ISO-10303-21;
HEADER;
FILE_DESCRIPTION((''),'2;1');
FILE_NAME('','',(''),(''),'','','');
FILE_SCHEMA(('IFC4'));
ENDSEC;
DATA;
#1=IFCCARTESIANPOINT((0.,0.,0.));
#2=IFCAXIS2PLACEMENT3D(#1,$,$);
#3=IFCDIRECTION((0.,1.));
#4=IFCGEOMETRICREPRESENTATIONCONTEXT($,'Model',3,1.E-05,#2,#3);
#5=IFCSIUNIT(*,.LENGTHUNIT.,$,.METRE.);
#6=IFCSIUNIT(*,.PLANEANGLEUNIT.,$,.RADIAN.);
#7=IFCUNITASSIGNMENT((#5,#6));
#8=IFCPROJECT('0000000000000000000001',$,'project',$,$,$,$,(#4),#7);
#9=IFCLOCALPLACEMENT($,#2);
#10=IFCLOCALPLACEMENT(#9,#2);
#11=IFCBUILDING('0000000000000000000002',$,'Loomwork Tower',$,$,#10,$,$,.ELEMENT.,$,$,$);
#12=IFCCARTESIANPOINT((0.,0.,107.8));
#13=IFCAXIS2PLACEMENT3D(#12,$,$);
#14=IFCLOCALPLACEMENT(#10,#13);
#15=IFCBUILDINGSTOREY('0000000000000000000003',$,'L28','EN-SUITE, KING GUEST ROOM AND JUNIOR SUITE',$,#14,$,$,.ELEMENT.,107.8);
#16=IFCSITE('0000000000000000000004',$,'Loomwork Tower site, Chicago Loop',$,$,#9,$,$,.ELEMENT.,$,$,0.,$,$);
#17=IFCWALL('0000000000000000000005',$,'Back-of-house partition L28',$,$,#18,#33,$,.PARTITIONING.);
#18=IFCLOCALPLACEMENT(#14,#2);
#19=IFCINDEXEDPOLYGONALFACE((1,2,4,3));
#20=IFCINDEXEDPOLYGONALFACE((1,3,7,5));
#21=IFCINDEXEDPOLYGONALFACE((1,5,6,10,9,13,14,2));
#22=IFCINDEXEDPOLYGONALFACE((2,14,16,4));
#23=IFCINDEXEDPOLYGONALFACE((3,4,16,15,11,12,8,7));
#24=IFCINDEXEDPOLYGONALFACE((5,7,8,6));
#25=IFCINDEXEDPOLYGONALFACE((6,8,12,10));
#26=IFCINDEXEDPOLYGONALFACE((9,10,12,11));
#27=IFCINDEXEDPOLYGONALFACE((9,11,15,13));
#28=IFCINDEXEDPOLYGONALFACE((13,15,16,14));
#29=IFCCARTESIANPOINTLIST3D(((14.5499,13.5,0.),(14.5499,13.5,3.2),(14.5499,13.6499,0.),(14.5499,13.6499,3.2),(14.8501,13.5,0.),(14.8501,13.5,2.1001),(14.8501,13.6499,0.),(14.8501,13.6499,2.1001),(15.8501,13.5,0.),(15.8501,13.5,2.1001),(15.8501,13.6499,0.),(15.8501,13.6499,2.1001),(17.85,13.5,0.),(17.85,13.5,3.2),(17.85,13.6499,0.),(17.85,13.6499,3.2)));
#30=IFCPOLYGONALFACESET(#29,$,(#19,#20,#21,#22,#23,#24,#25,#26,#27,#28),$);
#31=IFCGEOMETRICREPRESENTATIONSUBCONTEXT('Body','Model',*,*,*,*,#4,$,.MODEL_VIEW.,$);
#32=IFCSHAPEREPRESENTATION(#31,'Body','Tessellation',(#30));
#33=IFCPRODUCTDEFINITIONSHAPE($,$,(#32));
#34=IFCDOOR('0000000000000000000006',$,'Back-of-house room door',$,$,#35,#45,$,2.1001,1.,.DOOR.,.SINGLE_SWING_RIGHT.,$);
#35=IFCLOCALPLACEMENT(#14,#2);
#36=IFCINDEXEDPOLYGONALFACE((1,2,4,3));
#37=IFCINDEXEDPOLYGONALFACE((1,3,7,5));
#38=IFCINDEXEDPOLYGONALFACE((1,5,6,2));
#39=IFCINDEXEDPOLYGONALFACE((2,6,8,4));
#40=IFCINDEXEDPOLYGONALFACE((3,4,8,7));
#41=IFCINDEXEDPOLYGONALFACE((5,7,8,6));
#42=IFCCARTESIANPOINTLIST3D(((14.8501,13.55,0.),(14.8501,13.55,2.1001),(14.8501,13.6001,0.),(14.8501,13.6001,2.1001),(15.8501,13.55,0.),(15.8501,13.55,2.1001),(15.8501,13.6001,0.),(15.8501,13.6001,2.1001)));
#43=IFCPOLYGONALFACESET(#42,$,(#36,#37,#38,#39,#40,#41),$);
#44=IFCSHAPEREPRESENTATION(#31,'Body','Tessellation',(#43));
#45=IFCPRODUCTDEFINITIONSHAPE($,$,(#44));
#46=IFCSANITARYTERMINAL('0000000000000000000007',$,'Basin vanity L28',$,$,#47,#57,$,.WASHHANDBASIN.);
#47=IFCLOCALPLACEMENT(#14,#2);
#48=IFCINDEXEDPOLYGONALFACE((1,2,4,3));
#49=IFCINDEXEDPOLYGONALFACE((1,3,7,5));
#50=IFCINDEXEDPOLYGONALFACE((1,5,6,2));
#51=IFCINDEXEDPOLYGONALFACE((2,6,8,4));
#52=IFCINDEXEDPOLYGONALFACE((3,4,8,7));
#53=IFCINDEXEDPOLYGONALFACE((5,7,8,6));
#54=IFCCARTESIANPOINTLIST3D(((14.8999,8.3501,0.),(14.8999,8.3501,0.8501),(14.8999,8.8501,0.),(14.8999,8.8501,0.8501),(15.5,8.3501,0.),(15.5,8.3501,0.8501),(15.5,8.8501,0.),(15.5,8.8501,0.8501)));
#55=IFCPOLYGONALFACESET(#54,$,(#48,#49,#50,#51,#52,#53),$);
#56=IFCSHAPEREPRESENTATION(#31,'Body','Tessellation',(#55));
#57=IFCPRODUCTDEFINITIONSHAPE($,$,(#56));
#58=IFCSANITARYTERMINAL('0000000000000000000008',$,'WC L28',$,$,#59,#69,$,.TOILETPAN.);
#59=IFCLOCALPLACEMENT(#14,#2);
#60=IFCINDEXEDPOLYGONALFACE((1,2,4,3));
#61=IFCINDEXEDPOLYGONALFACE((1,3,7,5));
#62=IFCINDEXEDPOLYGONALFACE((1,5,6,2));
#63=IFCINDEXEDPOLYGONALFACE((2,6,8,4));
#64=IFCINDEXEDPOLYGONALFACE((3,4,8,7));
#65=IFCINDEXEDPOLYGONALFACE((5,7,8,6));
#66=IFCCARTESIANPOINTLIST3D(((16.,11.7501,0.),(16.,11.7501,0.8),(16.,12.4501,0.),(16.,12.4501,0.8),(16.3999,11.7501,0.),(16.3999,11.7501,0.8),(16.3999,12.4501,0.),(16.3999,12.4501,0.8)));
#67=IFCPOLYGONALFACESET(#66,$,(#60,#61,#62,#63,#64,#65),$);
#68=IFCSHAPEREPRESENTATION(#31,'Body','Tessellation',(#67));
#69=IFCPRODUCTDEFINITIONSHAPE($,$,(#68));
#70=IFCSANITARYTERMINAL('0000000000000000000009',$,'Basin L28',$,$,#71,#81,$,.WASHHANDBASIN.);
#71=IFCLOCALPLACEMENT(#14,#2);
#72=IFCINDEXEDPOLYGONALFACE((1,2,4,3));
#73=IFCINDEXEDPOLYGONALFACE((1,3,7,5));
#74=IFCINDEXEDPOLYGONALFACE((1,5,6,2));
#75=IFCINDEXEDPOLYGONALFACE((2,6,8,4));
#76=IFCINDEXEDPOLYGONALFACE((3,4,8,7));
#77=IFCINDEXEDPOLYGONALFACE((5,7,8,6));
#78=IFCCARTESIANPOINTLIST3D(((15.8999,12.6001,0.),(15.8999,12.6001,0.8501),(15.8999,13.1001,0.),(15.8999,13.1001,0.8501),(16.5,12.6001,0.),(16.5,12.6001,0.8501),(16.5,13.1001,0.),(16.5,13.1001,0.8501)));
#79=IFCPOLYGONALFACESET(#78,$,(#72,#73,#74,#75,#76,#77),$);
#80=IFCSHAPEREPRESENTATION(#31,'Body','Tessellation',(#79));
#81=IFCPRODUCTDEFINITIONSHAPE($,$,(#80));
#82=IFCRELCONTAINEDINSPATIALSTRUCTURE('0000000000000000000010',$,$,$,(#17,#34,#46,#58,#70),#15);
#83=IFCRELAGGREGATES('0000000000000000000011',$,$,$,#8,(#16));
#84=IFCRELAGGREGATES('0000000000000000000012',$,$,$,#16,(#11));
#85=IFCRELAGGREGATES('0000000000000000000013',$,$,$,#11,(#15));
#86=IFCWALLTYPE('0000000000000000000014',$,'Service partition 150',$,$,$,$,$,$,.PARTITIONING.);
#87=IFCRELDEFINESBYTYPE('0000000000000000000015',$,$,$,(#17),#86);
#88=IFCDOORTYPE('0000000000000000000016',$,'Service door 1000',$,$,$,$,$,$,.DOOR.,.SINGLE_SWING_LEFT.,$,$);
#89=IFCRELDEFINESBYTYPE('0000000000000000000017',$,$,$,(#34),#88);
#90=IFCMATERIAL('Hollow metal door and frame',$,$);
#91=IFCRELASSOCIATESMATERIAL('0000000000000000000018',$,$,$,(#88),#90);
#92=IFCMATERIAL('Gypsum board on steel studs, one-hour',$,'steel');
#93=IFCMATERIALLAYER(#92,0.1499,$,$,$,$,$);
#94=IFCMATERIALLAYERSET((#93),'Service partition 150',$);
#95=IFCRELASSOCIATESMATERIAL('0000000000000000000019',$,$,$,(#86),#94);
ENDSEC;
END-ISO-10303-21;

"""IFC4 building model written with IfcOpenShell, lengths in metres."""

from ifc_helpers import new_model, si_unit, direction, frame, frame_2d, origin, origin_2d, place, context, subcontext, project, spatial, rectangle, extrude, material, layer, layer_set, type_object, element, fill, save


model = new_model("IFC4")

# Units and contexts
model_context = context("Model", 3, precision=1e-05, world=origin(), true_north=direction((0.0, 1.0)))
body_context = subcontext(model_context, "Body", "Model", "MODEL_VIEW")
ifc_project = project(units=[si_unit("LENGTHUNIT", "METRE"), si_unit("PLANEANGLEUNIT", "RADIAN")], contexts=[model_context])

# Site, building, storey
site_placement = place(None, origin())
site = spatial("IfcSite", under=ifc_project, at=site_placement, Name="Loomwork Tower site, Chicago Loop", CompositionType="ELEMENT", RefElevation=0.0)
building_placement = place(site_placement, origin())
building = spatial("IfcBuilding", under=site, at=building_placement, Name="Loomwork Tower", CompositionType="ELEMENT")
storey_placement = place(building_placement, frame((0.0, 0.0, 107.8)))
storey = spatial("IfcBuildingStorey", under=building, at=storey_placement, Name="L28", Description="EN-SUITE, KING GUEST ROOM AND JUNIOR SUITE", CompositionType="ELEMENT", Elevation=107.8)

# Shared definitions
ifc_material_1 = material(Name="Hollow metal door and frame")
door_type_1 = type_object("IfcDoorType", Name="Service door 1000", OperationType="SINGLE_SWING_LEFT", PredefinedType="DOOR", material=ifc_material_1)

# Wall, opening, door
ifc_material_2 = material(Name="Gypsum board on steel studs, one-hour", Category="steel")
ifc_layer_1 = layer(ifc_material_2, 0.1499)
ifc_layer_set_1 = layer_set([ifc_layer_1], Name="Service partition 150")
wall_type_1 = type_object("IfcWallType", Name="Service partition 150", PredefinedType="PARTITIONING", material=ifc_layer_set_1)
wall_1_placement = place(storey_placement, frame((14.55, 13.575, 0.0), z_axis=(0.0, 0.0, 1.0), x_axis=(1.0, 0.0, 0.0)))
wall_1 = element("IfcWall", 1, at=wall_1_placement, inside=storey, type_object=wall_type_1, Name="Back-of-house partition L28", PredefinedType="PARTITIONING", context=body_context, shape_type="SweptSolid", body=[
    extrude(rectangle(XDim=3.3, YDim=0.1499, at=frame_2d((1.6499, 0.0))), origin(), (0.0, 0.0, 1.0), 3.2),
])
opening_1_placement = place(wall_1_placement, frame((0.3, 0.0, 0.0)))
opening_1 = element("IfcOpeningElement", 2, at=opening_1_placement, cuts=wall_1, PredefinedType="OPENING", context=body_context, shape_type="SweptSolid", body=[
    extrude(rectangle(XDim=1.0, YDim=2.1001, at=frame_2d((0.5, 1.05))), frame((0.0, 0.085, 0.0), z_axis=(0.0, -1.0, 0.0), x_axis=(1.0, 0.0, 0.0)), (0.0, 0.0, 1.0), 0.1699),
])
door_1_placement = place(opening_1_placement, frame((1.0, 0.0, 0.0), z_axis=(0.0, 0.0, 1.0), x_axis=(-1.0, 0.0, 0.0)))
door_1 = element("IfcDoor", 3, at=door_1_placement, inside=storey, type_object=door_type_1, Name="Back-of-house room door", OperationType="SINGLE_SWING_RIGHT", OverallHeight=2.1001, OverallWidth=1.0, PredefinedType="DOOR", context=body_context, shape_type="SweptSolid", body=[
    extrude(rectangle(XDim=1.0, YDim=2.1001, at=frame_2d((0.5, 1.05))), frame((0.0, 0.0249, 0.0), z_axis=(0.0, -1.0, 0.0), x_axis=(1.0, 0.0, 0.0)), (0.0, 0.0, 1.0), 0.05),
])
fill(opening_1, door_1)

# Sanitary terminals
sanitary_terminal_1_placement = place(storey_placement, frame((15.2, 8.6001, 0.0), z_axis=(0.0, 0.0, 1.0), x_axis=(1.0, 0.0, 0.0)))
element("IfcSanitaryTerminal", 4, at=sanitary_terminal_1_placement, inside=storey, Name="Basin vanity L28", PredefinedType="WASHHANDBASIN", context=body_context, shape_type="SweptSolid", body=[
    extrude(rectangle(XDim=0.6001, YDim=0.5, at=origin_2d()), origin(), (0.0, 0.0, 1.0), 0.8501),
])
sanitary_terminal_2_placement = place(storey_placement, frame((16.2, 12.1001, 0.0), z_axis=(0.0, 0.0, 1.0), x_axis=(1.0, 0.0, 0.0)))
element("IfcSanitaryTerminal", 5, at=sanitary_terminal_2_placement, inside=storey, Name="WC L28", PredefinedType="TOILETPAN", context=body_context, shape_type="SweptSolid", body=[
    extrude(rectangle(XDim=0.3999, YDim=0.7, at=origin_2d()), origin(), (0.0, 0.0, 1.0), 0.8),
])
sanitary_terminal_3_placement = place(storey_placement, frame((16.2, 12.8501, 0.0), z_axis=(0.0, 0.0, 1.0), x_axis=(1.0, 0.0, 0.0)))
element("IfcSanitaryTerminal", 6, at=sanitary_terminal_3_placement, inside=storey, Name="Basin L28", PredefinedType="WASHHANDBASIN", context=body_context, shape_type="SweptSolid", body=[
    extrude(rectangle(XDim=0.6001, YDim=0.5, at=origin_2d()), origin(), (0.0, 0.0, 1.0), 0.8501),
])

save(model, "model.ifc")
